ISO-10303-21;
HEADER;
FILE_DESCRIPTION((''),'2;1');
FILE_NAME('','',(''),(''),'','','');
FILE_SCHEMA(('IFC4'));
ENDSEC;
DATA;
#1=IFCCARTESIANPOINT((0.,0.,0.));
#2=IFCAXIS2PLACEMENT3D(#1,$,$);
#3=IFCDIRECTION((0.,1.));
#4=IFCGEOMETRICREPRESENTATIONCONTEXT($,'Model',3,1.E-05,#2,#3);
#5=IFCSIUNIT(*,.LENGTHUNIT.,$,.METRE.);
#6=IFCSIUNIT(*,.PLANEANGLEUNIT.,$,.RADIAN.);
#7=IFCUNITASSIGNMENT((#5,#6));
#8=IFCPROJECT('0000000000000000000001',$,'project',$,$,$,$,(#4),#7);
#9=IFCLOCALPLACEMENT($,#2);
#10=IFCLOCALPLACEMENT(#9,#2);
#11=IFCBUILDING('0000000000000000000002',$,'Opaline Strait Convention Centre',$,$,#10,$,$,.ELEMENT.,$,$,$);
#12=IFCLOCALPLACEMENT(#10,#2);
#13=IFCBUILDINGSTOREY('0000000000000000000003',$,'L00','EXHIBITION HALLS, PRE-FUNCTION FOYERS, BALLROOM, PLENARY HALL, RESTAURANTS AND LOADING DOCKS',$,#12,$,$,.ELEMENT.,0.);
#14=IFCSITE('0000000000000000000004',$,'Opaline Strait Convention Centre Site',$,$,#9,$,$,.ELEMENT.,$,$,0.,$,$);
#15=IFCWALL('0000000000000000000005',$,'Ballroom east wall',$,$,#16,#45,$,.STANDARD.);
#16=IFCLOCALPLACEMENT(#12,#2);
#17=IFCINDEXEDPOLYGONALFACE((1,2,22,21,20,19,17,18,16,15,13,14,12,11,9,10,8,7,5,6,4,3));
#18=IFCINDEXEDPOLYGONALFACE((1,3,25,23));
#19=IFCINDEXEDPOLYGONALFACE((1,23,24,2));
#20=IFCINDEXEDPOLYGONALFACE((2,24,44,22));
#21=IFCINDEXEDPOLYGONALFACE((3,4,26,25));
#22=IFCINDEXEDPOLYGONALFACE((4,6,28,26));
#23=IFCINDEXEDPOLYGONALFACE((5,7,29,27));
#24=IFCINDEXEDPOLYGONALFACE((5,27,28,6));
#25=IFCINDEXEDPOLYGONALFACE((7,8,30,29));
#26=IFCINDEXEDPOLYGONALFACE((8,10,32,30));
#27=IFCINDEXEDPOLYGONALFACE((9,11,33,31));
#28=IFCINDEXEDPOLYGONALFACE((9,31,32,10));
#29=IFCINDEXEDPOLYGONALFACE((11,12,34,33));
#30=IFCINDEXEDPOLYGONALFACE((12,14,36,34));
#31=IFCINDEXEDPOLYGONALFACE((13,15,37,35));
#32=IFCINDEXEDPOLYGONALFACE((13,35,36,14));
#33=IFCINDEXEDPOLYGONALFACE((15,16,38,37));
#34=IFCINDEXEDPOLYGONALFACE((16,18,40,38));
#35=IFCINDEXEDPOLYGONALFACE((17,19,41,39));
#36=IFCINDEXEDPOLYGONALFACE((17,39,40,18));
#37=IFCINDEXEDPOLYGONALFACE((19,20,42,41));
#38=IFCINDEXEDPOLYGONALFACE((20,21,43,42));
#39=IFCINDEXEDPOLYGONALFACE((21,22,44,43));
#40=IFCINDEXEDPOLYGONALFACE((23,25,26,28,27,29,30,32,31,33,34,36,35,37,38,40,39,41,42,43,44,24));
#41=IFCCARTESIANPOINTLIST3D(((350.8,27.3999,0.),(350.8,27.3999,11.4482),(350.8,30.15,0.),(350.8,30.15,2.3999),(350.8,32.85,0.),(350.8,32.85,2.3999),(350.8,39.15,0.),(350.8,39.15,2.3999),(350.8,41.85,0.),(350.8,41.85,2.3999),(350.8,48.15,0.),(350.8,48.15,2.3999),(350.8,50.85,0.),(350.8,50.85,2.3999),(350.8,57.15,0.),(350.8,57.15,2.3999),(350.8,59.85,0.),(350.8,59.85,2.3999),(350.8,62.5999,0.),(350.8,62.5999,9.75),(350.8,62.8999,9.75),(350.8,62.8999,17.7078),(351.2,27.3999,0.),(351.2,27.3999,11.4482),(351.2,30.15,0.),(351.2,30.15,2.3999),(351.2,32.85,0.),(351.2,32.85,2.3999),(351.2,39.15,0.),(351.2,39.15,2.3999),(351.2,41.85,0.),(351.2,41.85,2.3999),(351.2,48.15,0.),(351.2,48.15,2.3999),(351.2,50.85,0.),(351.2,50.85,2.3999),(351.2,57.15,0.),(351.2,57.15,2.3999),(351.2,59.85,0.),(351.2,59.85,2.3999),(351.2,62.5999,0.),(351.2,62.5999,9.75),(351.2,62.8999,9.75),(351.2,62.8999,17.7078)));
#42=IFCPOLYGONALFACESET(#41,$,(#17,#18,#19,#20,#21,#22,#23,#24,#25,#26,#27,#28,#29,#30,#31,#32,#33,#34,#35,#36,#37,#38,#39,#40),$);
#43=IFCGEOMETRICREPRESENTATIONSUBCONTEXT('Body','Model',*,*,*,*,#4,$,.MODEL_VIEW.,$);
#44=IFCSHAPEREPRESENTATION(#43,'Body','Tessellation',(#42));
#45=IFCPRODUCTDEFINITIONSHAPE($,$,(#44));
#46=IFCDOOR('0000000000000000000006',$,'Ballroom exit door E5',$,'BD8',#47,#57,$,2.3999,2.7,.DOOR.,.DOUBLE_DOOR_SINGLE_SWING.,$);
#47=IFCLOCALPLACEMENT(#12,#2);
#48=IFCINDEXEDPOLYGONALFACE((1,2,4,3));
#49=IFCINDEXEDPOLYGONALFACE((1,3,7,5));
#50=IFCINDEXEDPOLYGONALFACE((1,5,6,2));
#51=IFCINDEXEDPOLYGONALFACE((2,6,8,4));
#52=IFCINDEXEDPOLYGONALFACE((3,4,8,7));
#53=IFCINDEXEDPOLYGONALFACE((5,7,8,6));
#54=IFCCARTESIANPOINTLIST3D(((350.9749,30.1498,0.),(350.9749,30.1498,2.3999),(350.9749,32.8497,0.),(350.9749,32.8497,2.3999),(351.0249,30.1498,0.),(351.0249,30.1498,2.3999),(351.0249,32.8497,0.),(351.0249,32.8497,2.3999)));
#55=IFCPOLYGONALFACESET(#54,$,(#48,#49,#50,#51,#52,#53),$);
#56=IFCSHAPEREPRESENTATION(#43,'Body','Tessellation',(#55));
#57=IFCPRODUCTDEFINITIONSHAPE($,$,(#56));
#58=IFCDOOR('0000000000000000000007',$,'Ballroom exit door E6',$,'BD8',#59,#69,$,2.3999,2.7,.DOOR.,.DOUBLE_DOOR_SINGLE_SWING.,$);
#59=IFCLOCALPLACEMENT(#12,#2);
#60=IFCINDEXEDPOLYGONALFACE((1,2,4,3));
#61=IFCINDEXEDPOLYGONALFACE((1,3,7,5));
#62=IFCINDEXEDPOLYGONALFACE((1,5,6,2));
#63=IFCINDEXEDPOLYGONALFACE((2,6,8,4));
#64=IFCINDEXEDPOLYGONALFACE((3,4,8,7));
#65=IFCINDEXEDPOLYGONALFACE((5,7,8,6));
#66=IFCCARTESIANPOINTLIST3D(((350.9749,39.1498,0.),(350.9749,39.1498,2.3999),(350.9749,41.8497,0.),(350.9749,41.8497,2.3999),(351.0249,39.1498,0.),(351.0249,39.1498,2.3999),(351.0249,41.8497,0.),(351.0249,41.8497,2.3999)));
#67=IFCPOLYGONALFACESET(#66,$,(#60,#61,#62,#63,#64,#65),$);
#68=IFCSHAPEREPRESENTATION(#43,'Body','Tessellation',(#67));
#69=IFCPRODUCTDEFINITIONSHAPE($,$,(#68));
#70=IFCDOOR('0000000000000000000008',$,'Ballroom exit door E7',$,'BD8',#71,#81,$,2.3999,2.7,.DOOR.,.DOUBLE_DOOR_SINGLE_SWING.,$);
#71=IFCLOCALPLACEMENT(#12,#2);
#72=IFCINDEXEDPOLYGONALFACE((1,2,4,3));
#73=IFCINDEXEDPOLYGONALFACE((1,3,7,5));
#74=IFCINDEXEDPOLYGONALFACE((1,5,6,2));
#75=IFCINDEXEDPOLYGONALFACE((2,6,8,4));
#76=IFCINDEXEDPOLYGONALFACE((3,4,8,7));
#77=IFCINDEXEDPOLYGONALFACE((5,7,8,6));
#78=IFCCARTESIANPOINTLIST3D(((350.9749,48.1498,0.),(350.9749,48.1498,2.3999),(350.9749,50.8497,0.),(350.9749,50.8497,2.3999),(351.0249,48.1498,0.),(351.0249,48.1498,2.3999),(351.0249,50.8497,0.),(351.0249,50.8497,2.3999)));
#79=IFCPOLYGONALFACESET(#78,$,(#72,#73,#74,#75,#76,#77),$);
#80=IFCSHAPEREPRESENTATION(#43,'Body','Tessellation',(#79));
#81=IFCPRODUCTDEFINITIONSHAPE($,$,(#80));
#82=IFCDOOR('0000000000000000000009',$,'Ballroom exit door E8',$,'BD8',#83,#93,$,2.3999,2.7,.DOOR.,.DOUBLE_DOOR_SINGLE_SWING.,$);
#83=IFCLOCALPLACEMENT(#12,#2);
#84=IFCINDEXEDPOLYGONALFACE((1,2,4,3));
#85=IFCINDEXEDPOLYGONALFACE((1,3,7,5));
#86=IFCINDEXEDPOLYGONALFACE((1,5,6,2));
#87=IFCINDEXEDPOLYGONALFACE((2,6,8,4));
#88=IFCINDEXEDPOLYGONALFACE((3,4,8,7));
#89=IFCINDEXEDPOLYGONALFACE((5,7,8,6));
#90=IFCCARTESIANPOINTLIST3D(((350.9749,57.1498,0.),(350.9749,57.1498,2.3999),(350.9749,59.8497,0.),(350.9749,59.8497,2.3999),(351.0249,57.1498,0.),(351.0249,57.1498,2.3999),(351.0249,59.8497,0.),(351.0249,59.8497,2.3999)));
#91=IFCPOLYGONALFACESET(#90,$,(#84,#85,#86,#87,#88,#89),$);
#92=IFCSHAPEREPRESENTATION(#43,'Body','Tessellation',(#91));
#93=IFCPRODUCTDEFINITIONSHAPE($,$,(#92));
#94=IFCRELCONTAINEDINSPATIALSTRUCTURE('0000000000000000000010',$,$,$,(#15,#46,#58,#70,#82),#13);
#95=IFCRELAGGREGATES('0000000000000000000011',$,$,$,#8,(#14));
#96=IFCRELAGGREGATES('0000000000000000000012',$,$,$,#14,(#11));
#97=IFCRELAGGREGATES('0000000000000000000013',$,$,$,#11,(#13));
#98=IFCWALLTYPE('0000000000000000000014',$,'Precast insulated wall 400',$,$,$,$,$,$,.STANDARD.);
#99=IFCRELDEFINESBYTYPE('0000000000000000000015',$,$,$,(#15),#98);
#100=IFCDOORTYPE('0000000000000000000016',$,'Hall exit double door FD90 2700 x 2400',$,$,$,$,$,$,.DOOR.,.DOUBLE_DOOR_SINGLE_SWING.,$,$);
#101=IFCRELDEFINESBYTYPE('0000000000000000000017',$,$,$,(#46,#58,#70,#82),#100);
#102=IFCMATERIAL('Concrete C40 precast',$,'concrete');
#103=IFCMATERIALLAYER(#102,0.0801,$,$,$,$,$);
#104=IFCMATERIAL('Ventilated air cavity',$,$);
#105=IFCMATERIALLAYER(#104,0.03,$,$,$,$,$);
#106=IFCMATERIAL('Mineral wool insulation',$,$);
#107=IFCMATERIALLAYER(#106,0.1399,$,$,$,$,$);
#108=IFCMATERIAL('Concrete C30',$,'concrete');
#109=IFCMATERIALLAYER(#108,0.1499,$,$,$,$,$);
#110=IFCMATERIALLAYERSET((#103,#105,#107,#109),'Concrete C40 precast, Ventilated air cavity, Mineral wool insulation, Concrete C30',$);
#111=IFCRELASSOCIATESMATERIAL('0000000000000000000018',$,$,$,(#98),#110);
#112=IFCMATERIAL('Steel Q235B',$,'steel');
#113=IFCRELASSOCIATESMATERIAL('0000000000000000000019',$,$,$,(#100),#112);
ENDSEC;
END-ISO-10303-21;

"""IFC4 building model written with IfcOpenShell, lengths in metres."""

from ifc_helpers import new_model, si_unit, direction, frame, frame_2d, origin, place, context, subcontext, project, spatial, polyline, rectangle, outline, extrude, material, layer, layer_set, type_object, element, fill, save


model = new_model("IFC4")

# Units and contexts
model_context = context("Model", 3, precision=1e-05, world=origin(), true_north=direction((0.0, 1.0)))
body_context = subcontext(model_context, "Body", "Model", "MODEL_VIEW")
ifc_project = project(units=[si_unit("LENGTHUNIT", "METRE"), si_unit("PLANEANGLEUNIT", "RADIAN")], contexts=[model_context])

# Site, building, storey
site_placement = place(None, origin())
site = spatial("IfcSite", under=ifc_project, at=site_placement, Name="Opaline Strait Convention Centre Site", CompositionType="ELEMENT", RefElevation=0.0)
building_placement = place(site_placement, origin())
building = spatial("IfcBuilding", under=site, at=building_placement, Name="Opaline Strait Convention Centre", CompositionType="ELEMENT")
storey_placement = place(building_placement, origin())
storey = spatial("IfcBuildingStorey", under=building, at=storey_placement, Name="L00", Description="EXHIBITION HALLS, PRE-FUNCTION FOYERS, BALLROOM, PLENARY HALL, RESTAURANTS AND LOADING DOCKS", CompositionType="ELEMENT", Elevation=0.0)

# Wall, openings, doors
ifc_material_1 = material(Name="Concrete C40 precast", Category="concrete")
ifc_layer_1 = layer(ifc_material_1, 0.0801)
ifc_material_2 = material(Name="Ventilated air cavity")
ifc_layer_2 = layer(ifc_material_2, 0.03)
ifc_material_3 = material(Name="Mineral wool insulation")
ifc_layer_3 = layer(ifc_material_3, 0.1399)
ifc_material_4 = material(Name="Concrete C30", Category="concrete")
ifc_layer_4 = layer(ifc_material_4, 0.1499)
ifc_layer_set = layer_set([ifc_layer_1, ifc_layer_2, ifc_layer_3, ifc_layer_4], Name="Concrete C40 precast, Ventilated air cavity, Mineral wool insulation, Concrete C30")
wall_type = type_object("IfcWallType", Name="Precast insulated wall 400", PredefinedType="STANDARD", material=ifc_layer_set)
wall_placement = place(storey_placement, frame((351.0, 27.3999, 0.0), z_axis=(0.0, 0.0, 1.0), x_axis=(0.0, 1.0, 0.0)))
wall = element("IfcWall", 1, at=wall_placement, inside=storey, type_object=wall_type, Name="Ballroom east wall", PredefinedType="STANDARD", context=body_context, shape_type="SweptSolid", body=[
    extrude(outline(polyline([(0.0, 0.0), (35.2, 0.0), (35.2, 9.75), (35.5, 9.75), (35.5, 17.7078), (0.0, 11.4482), (0.0, 0.0)])), frame((0.0, 0.2, 0.0), z_axis=(0.0, -1.0, 0.0), x_axis=(1.0, 0.0, 0.0)), (0.0, 0.0, 1.0), 0.3999),
])
opening_1_placement = place(wall_placement, frame((2.75, 0.0, 0.0)))
opening_1 = element("IfcOpeningElement", 2, at=opening_1_placement, cuts=wall, PredefinedType="OPENING", context=body_context, shape_type="SweptSolid", body=[
    extrude(rectangle(XDim=2.7, YDim=2.3999, at=frame_2d((1.3501, 1.2))), frame((0.0, 0.21, 0.0), z_axis=(0.0, -1.0, 0.0), x_axis=(1.0, 0.0, 0.0)), (0.0, 0.0, 1.0), 0.4199),
])
opening_2_placement = place(wall_placement, frame((11.75, 0.0, 0.0)))
opening_2 = element("IfcOpeningElement", 3, at=opening_2_placement, cuts=wall, PredefinedType="OPENING", context=body_context, shape_type="SweptSolid", body=[
    extrude(rectangle(XDim=2.7, YDim=2.3999, at=frame_2d((1.3501, 1.2))), frame((0.0, 0.21, 0.0), z_axis=(0.0, -1.0, 0.0), x_axis=(1.0, 0.0, 0.0)), (0.0, 0.0, 1.0), 0.4199),
])
opening_3_placement = place(wall_placement, frame((20.75, 0.0, 0.0)))
opening_3 = element("IfcOpeningElement", 4, at=opening_3_placement, cuts=wall, PredefinedType="OPENING", context=body_context, shape_type="SweptSolid", body=[
    extrude(rectangle(XDim=2.7, YDim=2.3999, at=frame_2d((1.3501, 1.2))), frame((0.0, 0.21, 0.0), z_axis=(0.0, -1.0, 0.0), x_axis=(1.0, 0.0, 0.0)), (0.0, 0.0, 1.0), 0.4199),
])
opening_4_placement = place(wall_placement, frame((29.75, 0.0, 0.0)))
opening_4 = element("IfcOpeningElement", 5, at=opening_4_placement, cuts=wall, PredefinedType="OPENING", context=body_context, shape_type="SweptSolid", body=[
    extrude(rectangle(XDim=2.7, YDim=2.3999, at=frame_2d((1.3501, 1.2))), frame((0.0, 0.21, 0.0), z_axis=(0.0, -1.0, 0.0), x_axis=(1.0, 0.0, 0.0)), (0.0, 0.0, 1.0), 0.4199),
])
ifc_material_5 = material(Name="Steel Q235B", Category="steel")
door_type = type_object("IfcDoorType", Name="Hall exit double door FD90 2700 x 2400", OperationType="DOUBLE_DOOR_SINGLE_SWING", PredefinedType="DOOR", material=ifc_material_5)
door_1_placement = place(opening_1_placement, frame((2.7, 0.0, 0.0), z_axis=(0.0, 0.0, 1.0), x_axis=(-1.0, 0.0, 0.0)))
door_1 = element("IfcDoor", 6, at=door_1_placement, inside=storey, type_object=door_type, Name="Ballroom exit door E5", ObjectType="BD8", OperationType="DOUBLE_DOOR_SINGLE_SWING", OverallHeight=2.3999, OverallWidth=2.7, PredefinedType="DOOR", context=body_context, shape_type="SweptSolid", body=[
    extrude(rectangle(XDim=2.7, YDim=2.3999, at=frame_2d((1.3501, 1.2))), frame((0.0, 0.0249, 0.0), z_axis=(0.0, -1.0, 0.0), x_axis=(1.0, 0.0, 0.0)), (0.0, 0.0, 1.0), 0.05),
])
fill(opening_1, door_1)
door_2_placement = place(opening_2_placement, frame((2.7, 0.0, 0.0), z_axis=(0.0, 0.0, 1.0), x_axis=(-1.0, 0.0, 0.0)))
door_2 = element("IfcDoor", 7, at=door_2_placement, inside=storey, type_object=door_type, Name="Ballroom exit door E6", ObjectType="BD8", OperationType="DOUBLE_DOOR_SINGLE_SWING", OverallHeight=2.3999, OverallWidth=2.7, PredefinedType="DOOR", context=body_context, shape_type="SweptSolid", body=[
    extrude(rectangle(XDim=2.7, YDim=2.3999, at=frame_2d((1.3501, 1.2))), frame((0.0, 0.0249, 0.0), z_axis=(0.0, -1.0, 0.0), x_axis=(1.0, 0.0, 0.0)), (0.0, 0.0, 1.0), 0.05),
])
fill(opening_2, door_2)
door_3_placement = place(opening_3_placement, frame((2.7, 0.0, 0.0), z_axis=(0.0, 0.0, 1.0), x_axis=(-1.0, 0.0, 0.0)))
door_3 = element("IfcDoor", 8, at=door_3_placement, inside=storey, type_object=door_type, Name="Ballroom exit door E7", ObjectType="BD8", OperationType="DOUBLE_DOOR_SINGLE_SWING", OverallHeight=2.3999, OverallWidth=2.7, PredefinedType="DOOR", context=body_context, shape_type="SweptSolid", body=[
    extrude(rectangle(XDim=2.7, YDim=2.3999, at=frame_2d((1.3501, 1.2))), frame((0.0, 0.0249, 0.0), z_axis=(0.0, -1.0, 0.0), x_axis=(1.0, 0.0, 0.0)), (0.0, 0.0, 1.0), 0.05),
])
fill(opening_3, door_3)
door_4_placement = place(opening_4_placement, frame((2.7, 0.0, 0.0), z_axis=(0.0, 0.0, 1.0), x_axis=(-1.0, 0.0, 0.0)))
door_4 = element("IfcDoor", 9, at=door_4_placement, inside=storey, type_object=door_type, Name="Ballroom exit door E8", ObjectType="BD8", OperationType="DOUBLE_DOOR_SINGLE_SWING", OverallHeight=2.3999, OverallWidth=2.7, PredefinedType="DOOR", context=body_context, shape_type="SweptSolid", body=[
    extrude(rectangle(XDim=2.7, YDim=2.3999, at=frame_2d((1.3501, 1.2))), frame((0.0, 0.0249, 0.0), z_axis=(0.0, -1.0, 0.0), x_axis=(1.0, 0.0, 0.0)), (0.0, 0.0, 1.0), 0.05),
])
fill(opening_4, door_4)

save(model, "model.ifc")
